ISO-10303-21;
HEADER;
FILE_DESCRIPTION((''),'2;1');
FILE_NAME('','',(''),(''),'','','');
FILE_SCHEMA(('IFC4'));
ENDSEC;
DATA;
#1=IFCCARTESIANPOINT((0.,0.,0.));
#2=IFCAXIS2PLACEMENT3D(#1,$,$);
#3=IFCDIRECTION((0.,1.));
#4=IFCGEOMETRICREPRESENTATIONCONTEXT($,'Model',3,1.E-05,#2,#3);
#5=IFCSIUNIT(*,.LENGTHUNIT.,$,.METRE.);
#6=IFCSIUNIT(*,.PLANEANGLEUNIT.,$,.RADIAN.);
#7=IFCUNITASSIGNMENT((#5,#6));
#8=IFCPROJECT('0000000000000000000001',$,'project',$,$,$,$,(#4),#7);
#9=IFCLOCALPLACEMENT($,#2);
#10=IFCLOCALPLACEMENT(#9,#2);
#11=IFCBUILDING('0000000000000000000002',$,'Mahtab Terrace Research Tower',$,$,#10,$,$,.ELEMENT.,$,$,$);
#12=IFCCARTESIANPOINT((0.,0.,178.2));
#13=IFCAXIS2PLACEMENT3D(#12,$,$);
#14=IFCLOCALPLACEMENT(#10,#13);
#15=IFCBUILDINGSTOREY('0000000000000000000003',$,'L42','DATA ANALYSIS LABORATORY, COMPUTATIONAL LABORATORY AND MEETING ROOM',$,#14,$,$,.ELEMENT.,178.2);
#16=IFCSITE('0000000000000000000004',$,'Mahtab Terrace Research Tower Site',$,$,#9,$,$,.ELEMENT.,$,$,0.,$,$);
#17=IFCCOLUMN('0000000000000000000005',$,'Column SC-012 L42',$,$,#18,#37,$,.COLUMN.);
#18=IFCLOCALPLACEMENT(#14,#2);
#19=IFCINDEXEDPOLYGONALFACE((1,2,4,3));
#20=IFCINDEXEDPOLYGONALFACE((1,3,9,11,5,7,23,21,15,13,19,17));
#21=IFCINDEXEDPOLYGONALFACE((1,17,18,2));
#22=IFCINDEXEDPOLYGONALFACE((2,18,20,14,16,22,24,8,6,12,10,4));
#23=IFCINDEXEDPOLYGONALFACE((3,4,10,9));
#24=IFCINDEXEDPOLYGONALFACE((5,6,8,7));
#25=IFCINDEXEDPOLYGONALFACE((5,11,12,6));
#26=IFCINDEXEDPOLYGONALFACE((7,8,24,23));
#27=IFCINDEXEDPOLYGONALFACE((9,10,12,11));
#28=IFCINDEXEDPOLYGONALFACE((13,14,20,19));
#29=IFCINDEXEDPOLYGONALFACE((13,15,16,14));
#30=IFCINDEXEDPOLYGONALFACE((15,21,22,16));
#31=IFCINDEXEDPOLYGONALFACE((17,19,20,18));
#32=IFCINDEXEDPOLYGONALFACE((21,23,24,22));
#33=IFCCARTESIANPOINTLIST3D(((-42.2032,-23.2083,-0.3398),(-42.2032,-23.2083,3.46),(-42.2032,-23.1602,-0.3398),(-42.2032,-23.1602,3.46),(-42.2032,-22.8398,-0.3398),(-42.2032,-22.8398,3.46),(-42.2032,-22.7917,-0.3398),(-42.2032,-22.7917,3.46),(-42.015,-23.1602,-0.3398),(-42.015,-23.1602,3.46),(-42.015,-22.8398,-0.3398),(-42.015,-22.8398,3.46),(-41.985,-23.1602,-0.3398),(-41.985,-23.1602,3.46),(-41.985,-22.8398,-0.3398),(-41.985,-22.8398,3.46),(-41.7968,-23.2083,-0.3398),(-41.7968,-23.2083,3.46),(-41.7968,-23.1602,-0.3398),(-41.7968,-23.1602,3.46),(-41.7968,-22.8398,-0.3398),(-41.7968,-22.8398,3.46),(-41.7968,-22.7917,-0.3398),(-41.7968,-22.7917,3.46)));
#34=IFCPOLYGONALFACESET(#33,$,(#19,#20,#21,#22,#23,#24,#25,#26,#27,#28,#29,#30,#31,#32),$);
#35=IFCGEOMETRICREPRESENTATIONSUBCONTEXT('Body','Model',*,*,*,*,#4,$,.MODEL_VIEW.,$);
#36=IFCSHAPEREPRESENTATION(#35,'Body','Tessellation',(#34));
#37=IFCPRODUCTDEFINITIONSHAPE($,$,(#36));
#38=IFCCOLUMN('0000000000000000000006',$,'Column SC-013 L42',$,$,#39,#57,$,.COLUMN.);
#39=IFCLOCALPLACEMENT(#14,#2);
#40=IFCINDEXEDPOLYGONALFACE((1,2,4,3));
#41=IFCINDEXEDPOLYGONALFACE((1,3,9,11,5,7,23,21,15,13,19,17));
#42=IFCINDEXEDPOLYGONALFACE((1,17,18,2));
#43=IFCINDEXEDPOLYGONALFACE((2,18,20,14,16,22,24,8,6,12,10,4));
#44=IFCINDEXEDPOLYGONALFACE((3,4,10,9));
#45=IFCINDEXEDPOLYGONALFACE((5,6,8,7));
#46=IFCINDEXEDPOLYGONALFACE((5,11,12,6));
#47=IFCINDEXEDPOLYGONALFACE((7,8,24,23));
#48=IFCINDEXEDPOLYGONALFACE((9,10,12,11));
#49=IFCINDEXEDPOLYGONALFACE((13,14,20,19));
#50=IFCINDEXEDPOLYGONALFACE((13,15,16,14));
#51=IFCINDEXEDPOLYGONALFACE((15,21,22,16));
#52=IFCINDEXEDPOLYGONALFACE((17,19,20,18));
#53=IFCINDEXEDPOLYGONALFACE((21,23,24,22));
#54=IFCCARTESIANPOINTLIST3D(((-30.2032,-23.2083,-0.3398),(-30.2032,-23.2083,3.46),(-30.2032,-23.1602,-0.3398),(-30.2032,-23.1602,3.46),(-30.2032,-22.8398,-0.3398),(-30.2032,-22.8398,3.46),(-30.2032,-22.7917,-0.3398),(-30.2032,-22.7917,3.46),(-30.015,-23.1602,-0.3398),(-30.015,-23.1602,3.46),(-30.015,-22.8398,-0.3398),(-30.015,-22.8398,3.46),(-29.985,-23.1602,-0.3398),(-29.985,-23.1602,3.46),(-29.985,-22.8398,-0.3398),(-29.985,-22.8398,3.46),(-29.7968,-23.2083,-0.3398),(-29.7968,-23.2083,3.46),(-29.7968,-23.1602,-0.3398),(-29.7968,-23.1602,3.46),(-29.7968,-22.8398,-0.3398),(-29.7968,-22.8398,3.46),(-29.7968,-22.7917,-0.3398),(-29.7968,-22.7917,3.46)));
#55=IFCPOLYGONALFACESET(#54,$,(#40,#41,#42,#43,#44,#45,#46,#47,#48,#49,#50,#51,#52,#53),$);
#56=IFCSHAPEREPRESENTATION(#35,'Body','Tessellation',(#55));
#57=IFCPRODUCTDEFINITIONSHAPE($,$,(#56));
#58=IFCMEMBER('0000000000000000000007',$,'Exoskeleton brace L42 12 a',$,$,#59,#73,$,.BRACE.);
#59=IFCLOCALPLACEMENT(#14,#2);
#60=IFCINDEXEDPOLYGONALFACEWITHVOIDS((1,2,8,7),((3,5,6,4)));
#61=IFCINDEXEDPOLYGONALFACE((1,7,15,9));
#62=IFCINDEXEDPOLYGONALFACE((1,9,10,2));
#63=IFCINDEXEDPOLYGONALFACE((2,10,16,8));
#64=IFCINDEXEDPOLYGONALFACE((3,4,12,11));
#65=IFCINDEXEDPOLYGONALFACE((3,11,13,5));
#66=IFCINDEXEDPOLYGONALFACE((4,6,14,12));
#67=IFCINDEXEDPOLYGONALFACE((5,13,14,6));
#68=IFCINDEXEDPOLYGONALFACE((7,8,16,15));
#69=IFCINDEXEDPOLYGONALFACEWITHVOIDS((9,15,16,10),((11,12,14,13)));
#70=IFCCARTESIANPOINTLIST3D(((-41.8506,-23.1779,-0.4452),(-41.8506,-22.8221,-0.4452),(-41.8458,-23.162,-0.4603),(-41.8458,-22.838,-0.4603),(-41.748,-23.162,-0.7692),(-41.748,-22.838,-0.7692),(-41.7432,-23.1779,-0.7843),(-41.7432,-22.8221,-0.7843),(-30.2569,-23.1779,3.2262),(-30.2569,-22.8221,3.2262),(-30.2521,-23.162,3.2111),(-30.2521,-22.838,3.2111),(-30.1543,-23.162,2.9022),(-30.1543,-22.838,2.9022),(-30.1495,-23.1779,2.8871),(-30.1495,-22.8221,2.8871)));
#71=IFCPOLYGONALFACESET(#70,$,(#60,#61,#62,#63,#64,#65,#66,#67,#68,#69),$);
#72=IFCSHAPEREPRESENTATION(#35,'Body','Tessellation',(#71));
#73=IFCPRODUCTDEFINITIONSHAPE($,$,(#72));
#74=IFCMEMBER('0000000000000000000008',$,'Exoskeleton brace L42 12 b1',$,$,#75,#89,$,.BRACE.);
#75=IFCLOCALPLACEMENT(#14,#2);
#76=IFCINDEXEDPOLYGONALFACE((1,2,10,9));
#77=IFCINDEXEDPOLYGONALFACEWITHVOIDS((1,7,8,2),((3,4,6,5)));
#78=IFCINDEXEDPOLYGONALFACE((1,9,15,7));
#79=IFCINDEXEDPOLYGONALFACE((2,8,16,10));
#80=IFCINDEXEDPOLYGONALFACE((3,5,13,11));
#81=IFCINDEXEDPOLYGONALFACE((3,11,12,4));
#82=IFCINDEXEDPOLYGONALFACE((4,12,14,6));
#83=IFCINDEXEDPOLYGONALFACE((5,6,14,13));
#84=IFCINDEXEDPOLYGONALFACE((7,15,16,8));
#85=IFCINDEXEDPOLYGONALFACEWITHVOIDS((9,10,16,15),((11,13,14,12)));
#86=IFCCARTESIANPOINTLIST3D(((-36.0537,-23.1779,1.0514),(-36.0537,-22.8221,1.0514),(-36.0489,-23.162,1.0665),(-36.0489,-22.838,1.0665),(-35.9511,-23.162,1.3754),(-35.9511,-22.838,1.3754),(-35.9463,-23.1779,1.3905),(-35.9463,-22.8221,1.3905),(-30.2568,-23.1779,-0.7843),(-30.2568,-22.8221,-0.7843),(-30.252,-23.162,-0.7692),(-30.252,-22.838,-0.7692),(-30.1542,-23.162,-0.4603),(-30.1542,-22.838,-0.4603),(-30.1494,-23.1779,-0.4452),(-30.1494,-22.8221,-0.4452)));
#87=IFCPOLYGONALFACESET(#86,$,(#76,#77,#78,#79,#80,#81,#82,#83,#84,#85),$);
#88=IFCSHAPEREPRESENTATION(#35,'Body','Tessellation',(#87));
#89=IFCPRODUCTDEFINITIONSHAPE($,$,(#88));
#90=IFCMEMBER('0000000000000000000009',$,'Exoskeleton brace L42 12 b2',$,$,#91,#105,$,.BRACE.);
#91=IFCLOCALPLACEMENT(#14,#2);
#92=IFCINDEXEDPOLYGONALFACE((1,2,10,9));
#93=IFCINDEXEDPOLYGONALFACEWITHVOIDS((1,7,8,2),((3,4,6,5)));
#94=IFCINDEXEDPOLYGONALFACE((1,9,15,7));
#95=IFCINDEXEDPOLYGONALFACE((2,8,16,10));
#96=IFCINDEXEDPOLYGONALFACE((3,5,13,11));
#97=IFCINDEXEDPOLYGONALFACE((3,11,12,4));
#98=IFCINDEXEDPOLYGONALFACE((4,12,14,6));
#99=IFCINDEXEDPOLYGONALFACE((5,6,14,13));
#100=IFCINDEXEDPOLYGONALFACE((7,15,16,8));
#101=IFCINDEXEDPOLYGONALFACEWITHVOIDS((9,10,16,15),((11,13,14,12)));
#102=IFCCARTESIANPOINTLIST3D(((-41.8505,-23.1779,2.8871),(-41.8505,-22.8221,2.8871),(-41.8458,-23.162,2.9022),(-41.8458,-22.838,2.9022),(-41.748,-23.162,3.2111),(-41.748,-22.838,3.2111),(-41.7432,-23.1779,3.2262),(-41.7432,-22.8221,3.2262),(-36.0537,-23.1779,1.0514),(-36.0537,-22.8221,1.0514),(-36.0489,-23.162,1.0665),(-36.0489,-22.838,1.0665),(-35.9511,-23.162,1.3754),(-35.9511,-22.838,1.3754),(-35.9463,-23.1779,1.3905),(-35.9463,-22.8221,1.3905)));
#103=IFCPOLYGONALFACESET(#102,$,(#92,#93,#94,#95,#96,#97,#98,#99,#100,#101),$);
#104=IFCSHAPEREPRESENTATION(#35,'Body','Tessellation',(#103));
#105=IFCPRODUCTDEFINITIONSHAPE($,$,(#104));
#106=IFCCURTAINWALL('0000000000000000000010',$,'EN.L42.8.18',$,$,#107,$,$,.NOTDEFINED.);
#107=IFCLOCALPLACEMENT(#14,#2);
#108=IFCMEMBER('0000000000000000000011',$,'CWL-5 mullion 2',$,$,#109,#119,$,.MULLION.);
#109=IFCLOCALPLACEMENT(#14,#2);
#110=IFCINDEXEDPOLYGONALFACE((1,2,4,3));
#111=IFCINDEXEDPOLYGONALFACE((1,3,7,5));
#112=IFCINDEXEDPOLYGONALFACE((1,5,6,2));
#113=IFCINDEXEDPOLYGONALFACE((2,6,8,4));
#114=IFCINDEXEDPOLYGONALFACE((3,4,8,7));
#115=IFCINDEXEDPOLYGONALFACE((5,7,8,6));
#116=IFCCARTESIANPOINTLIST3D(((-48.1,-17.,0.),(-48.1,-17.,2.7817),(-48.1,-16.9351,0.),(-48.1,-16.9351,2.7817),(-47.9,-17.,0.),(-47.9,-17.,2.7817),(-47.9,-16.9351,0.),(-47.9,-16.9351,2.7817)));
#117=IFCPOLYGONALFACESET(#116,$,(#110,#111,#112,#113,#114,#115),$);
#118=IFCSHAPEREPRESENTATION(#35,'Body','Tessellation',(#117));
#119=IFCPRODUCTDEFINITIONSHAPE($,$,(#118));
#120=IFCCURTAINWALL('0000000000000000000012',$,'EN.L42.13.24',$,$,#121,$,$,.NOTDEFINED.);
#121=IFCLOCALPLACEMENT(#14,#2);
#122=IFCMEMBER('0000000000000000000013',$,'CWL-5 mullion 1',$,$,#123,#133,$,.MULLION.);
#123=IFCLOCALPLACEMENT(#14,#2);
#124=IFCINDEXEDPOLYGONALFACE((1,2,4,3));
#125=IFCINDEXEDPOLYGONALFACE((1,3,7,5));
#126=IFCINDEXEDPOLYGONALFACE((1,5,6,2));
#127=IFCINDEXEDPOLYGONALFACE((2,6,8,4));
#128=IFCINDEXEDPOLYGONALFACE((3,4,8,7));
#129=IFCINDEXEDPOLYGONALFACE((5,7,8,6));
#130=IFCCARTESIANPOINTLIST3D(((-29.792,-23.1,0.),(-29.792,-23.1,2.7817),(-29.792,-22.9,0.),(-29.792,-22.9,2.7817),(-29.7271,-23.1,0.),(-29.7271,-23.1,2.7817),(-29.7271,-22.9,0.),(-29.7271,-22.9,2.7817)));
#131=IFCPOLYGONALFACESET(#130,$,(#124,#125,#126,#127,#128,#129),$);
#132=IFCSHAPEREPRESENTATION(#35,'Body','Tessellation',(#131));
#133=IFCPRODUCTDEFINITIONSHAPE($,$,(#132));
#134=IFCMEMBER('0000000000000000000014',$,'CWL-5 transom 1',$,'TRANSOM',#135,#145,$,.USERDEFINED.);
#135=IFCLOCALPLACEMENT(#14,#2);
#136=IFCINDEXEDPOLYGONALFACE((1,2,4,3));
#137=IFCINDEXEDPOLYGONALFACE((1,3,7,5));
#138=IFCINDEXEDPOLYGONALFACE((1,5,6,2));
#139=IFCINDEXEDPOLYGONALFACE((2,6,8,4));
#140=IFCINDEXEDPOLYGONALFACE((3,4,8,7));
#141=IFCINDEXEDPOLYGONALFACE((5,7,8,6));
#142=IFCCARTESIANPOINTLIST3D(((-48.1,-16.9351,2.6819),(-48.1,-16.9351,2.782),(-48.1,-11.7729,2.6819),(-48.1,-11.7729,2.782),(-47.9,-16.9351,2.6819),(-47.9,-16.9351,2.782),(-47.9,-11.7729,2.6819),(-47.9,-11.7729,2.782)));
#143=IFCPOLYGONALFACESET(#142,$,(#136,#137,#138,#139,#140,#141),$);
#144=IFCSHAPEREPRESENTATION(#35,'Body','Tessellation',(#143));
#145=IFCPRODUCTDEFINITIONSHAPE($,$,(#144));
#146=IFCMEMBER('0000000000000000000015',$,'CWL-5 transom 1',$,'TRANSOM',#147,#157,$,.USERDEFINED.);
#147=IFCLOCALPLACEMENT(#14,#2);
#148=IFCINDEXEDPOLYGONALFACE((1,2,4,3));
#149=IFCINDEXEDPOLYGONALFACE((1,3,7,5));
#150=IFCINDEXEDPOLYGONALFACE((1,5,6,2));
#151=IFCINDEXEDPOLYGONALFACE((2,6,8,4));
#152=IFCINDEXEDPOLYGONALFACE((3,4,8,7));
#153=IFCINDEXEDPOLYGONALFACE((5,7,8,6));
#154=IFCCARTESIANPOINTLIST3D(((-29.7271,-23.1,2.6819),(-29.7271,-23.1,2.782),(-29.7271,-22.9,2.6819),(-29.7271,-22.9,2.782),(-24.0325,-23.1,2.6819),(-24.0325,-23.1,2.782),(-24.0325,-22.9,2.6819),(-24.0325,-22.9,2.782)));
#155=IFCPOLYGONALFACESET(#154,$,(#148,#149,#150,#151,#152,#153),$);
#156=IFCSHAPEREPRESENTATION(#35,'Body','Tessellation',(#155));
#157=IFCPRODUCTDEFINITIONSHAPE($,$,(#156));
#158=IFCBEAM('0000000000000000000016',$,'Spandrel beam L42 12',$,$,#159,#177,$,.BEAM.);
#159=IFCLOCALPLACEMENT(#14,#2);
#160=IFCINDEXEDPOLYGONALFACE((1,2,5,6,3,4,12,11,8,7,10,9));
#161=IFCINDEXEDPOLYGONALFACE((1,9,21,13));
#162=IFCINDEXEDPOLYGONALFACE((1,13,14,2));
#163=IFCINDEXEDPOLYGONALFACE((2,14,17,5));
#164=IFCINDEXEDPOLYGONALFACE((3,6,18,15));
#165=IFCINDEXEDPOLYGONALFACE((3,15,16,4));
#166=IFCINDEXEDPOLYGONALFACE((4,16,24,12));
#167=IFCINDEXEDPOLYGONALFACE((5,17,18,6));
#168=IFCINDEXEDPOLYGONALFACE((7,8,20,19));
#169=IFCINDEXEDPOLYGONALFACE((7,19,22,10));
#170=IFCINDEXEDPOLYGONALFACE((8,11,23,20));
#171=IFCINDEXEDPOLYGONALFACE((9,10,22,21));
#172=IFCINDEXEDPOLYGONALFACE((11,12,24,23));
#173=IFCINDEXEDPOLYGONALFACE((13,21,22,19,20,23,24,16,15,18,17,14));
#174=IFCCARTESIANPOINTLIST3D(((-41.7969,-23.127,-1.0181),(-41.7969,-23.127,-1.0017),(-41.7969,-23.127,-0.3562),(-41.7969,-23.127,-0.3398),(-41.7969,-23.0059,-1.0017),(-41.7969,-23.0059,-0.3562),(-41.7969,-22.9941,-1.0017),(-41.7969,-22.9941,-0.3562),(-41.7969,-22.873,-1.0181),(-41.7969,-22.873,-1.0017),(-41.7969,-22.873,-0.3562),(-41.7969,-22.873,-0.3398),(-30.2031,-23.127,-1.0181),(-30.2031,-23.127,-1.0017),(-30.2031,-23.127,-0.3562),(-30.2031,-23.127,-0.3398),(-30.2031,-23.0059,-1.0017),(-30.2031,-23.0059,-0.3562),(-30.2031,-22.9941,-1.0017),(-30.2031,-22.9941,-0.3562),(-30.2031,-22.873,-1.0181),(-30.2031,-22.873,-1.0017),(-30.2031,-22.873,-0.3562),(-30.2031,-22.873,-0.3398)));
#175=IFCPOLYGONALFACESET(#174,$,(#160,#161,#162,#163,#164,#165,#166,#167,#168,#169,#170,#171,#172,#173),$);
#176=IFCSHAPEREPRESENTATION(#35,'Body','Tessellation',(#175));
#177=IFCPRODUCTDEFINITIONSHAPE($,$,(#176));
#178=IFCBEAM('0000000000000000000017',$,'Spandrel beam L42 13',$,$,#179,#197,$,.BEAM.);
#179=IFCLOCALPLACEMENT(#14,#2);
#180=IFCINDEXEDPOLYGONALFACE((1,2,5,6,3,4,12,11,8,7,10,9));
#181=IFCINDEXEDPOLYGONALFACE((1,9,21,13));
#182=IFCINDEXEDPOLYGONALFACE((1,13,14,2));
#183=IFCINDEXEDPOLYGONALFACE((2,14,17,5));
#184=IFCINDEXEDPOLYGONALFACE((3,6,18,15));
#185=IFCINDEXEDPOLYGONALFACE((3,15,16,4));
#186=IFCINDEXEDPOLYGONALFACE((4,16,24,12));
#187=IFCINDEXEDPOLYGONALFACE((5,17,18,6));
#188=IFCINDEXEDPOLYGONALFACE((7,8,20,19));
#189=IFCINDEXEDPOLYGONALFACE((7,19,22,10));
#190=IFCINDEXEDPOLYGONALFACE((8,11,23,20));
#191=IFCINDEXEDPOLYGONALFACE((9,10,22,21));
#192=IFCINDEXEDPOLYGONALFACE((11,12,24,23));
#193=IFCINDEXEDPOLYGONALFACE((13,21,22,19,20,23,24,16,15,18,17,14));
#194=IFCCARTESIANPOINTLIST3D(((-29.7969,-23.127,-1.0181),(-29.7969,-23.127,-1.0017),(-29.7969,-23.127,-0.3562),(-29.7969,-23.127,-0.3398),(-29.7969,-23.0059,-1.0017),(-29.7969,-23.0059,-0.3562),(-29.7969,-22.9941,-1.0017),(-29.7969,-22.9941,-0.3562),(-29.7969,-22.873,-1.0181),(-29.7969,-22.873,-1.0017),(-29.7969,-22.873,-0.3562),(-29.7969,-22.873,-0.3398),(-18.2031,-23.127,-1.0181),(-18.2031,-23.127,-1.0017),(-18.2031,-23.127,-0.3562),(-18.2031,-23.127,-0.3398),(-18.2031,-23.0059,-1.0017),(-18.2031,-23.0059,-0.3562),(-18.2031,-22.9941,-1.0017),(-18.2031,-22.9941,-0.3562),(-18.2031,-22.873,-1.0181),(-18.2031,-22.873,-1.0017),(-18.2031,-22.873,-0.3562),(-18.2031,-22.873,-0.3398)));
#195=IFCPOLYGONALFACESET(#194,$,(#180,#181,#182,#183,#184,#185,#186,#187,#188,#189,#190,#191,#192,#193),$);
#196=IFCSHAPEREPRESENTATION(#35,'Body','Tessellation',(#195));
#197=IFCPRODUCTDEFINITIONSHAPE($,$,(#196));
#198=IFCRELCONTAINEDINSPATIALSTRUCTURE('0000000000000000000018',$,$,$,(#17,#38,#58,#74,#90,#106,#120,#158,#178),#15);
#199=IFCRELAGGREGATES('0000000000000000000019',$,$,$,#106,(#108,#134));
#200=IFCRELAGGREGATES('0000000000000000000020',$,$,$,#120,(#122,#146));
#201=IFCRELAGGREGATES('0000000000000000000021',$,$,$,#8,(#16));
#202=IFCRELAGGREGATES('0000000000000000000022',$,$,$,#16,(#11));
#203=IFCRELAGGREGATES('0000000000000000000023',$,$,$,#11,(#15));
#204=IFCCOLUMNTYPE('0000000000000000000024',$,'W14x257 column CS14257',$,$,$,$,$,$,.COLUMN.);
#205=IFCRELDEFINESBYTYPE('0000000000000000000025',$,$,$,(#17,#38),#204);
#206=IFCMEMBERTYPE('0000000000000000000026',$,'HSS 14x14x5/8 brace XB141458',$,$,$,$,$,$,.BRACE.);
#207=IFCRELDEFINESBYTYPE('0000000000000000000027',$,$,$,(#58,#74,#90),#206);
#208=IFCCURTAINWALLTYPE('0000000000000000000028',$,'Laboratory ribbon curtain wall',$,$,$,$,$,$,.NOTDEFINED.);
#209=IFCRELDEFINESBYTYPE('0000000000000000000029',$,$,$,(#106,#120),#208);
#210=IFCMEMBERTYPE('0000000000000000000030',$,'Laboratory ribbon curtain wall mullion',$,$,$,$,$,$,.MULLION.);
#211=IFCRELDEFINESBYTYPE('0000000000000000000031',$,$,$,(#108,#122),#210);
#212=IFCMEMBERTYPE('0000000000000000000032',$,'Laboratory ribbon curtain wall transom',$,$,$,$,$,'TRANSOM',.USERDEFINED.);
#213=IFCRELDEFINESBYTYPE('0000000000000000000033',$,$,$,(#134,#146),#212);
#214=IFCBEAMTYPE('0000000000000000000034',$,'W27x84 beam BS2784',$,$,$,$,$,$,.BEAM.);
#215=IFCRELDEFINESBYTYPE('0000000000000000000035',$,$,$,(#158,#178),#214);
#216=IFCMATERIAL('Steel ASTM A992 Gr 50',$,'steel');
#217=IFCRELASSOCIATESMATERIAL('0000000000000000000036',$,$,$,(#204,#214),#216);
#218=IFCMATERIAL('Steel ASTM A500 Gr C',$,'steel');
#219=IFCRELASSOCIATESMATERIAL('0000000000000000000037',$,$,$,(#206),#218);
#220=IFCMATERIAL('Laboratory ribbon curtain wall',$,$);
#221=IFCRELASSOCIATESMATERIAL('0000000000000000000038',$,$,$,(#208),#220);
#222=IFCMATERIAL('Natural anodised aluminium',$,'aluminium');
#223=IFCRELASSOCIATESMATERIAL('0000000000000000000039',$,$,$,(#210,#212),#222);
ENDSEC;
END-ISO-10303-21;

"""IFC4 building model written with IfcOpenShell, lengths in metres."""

from ifc_helpers import new_model, si_unit, direction, frame, origin, origin_2d, place, context, subcontext, project, spatial, rectangle, hollow_rectangle, i_section, extrude, material, material_profile, profile_set, type_object, element, aggregate, save


model = new_model("IFC4")

# Units and contexts
model_context = context("Model", 3, precision=1e-05, world=origin(), true_north=direction((0.0, 1.0)))
body_context = subcontext(model_context, "Body", "Model", "MODEL_VIEW")
ifc_project = project(units=[si_unit("LENGTHUNIT", "METRE"), si_unit("PLANEANGLEUNIT", "RADIAN")], contexts=[model_context])

# Site, building, storey
site_placement = place(None, origin())
site = spatial("IfcSite", under=ifc_project, at=site_placement, Name="Mahtab Terrace Research Tower Site", CompositionType="ELEMENT", RefElevation=0.0)
building_placement = place(site_placement, origin())
building = spatial("IfcBuilding", under=site, at=building_placement, Name="Mahtab Terrace Research Tower", CompositionType="ELEMENT")
storey_placement = place(building_placement, frame((0.0, 0.0, 178.2)))
storey = spatial("IfcBuildingStorey", under=building, at=storey_placement, Name="L42", Description="DATA ANALYSIS LABORATORY, COMPUTATIONAL LABORATORY AND MEETING ROOM", CompositionType="ELEMENT", Elevation=178.2)

# Columns
ifc_material_1 = material(Name="Steel ASTM A992 Gr 50", Category="steel")
ifc_material_profile_1 = material_profile(ifc_material_1, i_section(OverallWidth=0.4065, OverallDepth=0.4165, WebThickness=0.03, FlangeThickness=0.0481, at=origin_2d()), Name="W14X257")
ifc_profile_set_1 = profile_set([ifc_material_profile_1], Name="Steel ASTM A992 Gr 50")
column_type = type_object("IfcColumnType", Name="W14x257 column CS14257", PredefinedType="COLUMN", material=ifc_profile_set_1)
for number, where, z_axis, x_axis, name in (
    (1, (-42.0, -23.0, -0.3398), (0.0, 0.0, 1.0), (1.0, 0.0, 0.0), "Column SC-012 L42"),
    (2, (-30.0, -23.0, -0.3398), (0.0, 0.0, 1.0), (1.0, 0.0, 0.0), "Column SC-013 L42"),
):
    element("IfcColumn", number, at=place(storey_placement, frame(where, z_axis=z_axis, x_axis=x_axis)), inside=storey, type_object=column_type, Name=name, PredefinedType="COLUMN", context=body_context, shape_type="SweptSolid", body=[
        extrude(i_section(OverallWidth=0.4065, OverallDepth=0.4165, WebThickness=0.03, FlangeThickness=0.0481, at=origin_2d()), origin(), (0.0, 0.0, 1.0), 3.7998),
    ])

# Members
ifc_material_2 = material(Name="Steel ASTM A500 Gr C", Category="steel")
ifc_material_profile_2 = material_profile(ifc_material_2, hollow_rectangle(XDim=0.3557, YDim=0.3557, WallThickness=0.0159, at=origin_2d()), Name="HSS14X14X5/8")
ifc_profile_set_2 = profile_set([ifc_material_profile_2], Name="Steel ASTM A500 Gr C")
member_type_1 = type_object("IfcMemberType", Name="HSS 14x14x5/8 brace XB141458", PredefinedType="BRACE", material=ifc_profile_set_2)
member_1_placement = place(storey_placement, frame((-41.7969, -23.0, -0.6147), z_axis=(0.953341, 0.0, 0.301894), x_axis=(0.0, 1.0, 0.0)))
element("IfcMember", 3, at=member_1_placement, inside=storey, type_object=member_type_1, Name="Exoskeleton brace L42 12 a", PredefinedType="BRACE", context=body_context, shape_type="SweptSolid", body=[
    extrude(hollow_rectangle(XDim=0.3557, YDim=0.3557, WallThickness=0.0159, at=origin_2d()), origin(), (0.0, 0.0, 1.0), 12.1611),
])
for number, where, z_axis, x_axis, name in (
    (4, (-30.2031, -23.0, -0.6147), (-0.953341, 0.0, 0.301894), (0.0, -1.0, 0.0), "Exoskeleton brace L42 12 b1"),
    (5, (-36.0, -23.0, 1.2209), (-0.953341, 0.0, 0.301894), (0.0, -1.0, 0.0), "Exoskeleton brace L42 12 b2"),
):
    element("IfcMember", number, at=place(storey_placement, frame(where, z_axis=z_axis, x_axis=x_axis)), inside=storey, type_object=member_type_1, Name=name, PredefinedType="BRACE", context=body_context, shape_type="SweptSolid", body=[
        extrude(hollow_rectangle(XDim=0.3557, YDim=0.3557, WallThickness=0.0159, at=origin_2d()), origin(), (0.0, 0.0, 1.0), 6.0806),
    ])

# Curtain walls, members
ifc_material_3 = material(Name="Laboratory ribbon curtain wall")
curtain_wall_type = type_object("IfcCurtainWallType", Name="Laboratory ribbon curtain wall", PredefinedType="NOTDEFINED", material=ifc_material_3)
curtain_wall_1_placement = place(storey_placement, origin())
curtain_wall_1 = element("IfcCurtainWall", 6, at=curtain_wall_1_placement, inside=storey, type_object=curtain_wall_type, Name="EN.L42.8.18", PredefinedType="NOTDEFINED")
ifc_material_4 = material(Name="Natural anodised aluminium", Category="aluminium")
ifc_material_profile_3 = material_profile(ifc_material_4, rectangle(XDim=0.2, YDim=0.0649, at=origin_2d()), Name="MULLION 65x200")
ifc_profile_set_3 = profile_set([ifc_material_profile_3], Name="Natural anodised aluminium")
member_type_2 = type_object("IfcMemberType", Name="Laboratory ribbon curtain wall mullion", PredefinedType="MULLION", material=ifc_profile_set_3)
member_2_placement = place(storey_placement, frame((-48.0, -16.9675, 0.0), z_axis=(0.0, 0.0, 1.0), x_axis=(1.0, 0.0, 0.0)))
member_2 = element("IfcMember", 7, at=member_2_placement, type_object=member_type_2, Name="CWL-5 mullion 2", PredefinedType="MULLION", context=body_context, shape_type="SweptSolid", body=[
    extrude(rectangle(XDim=0.2, YDim=0.0649, at=origin_2d()), origin(), (0.0, 0.0, 1.0), 2.7817),
])
curtain_wall_2_placement = place(storey_placement, origin())
curtain_wall_2 = element("IfcCurtainWall", 8, at=curtain_wall_2_placement, inside=storey, type_object=curtain_wall_type, Name="EN.L42.13.24", PredefinedType="NOTDEFINED")
member_3_placement = place(storey_placement, frame((-29.7595, -23.0, 0.0), z_axis=(0.0, 0.0, 1.0), x_axis=(0.0, 1.0, 0.0)))
member_3 = element("IfcMember", 9, at=member_3_placement, type_object=member_type_2, Name="CWL-5 mullion 1", PredefinedType="MULLION", context=body_context, shape_type="SweptSolid", body=[
    extrude(rectangle(XDim=0.2, YDim=0.0649, at=origin_2d()), origin(), (0.0, 0.0, 1.0), 2.7817),
])

# Members
ifc_material_profile_4 = material_profile(ifc_material_4, rectangle(XDim=0.2, YDim=0.1001, at=origin_2d()), Name="TRANSOM 100x200")
ifc_profile_set_4 = profile_set([ifc_material_profile_4], Name="Natural anodised aluminium")
member_type_3 = type_object("IfcMemberType", Name="Laboratory ribbon curtain wall transom", ElementType="TRANSOM", PredefinedType="USERDEFINED", material=ifc_profile_set_4)
member_4_placement = place(storey_placement, frame((-48.0, -11.7729, 2.7319), z_axis=(0.0, -1.0, 0.0), x_axis=(1.0, 0.0, 0.0)))
member_4 = element("IfcMember", 10, at=member_4_placement, type_object=member_type_3, Name="CWL-5 transom 1", ObjectType="TRANSOM", PredefinedType="USERDEFINED", context=body_context, shape_type="SweptSolid", body=[
    extrude(rectangle(XDim=0.2, YDim=0.1001, at=origin_2d()), origin(), (0.0, 0.0, 1.0), 5.1621),
])
member_5_placement = place(storey_placement, frame((-29.7271, -23.0, 2.7319), z_axis=(1.0, 0.0, 0.0), x_axis=(0.0, 1.0, 0.0)))
member_5 = element("IfcMember", 11, at=member_5_placement, type_object=member_type_3, Name="CWL-5 transom 1", ObjectType="TRANSOM", PredefinedType="USERDEFINED", context=body_context, shape_type="SweptSolid", body=[
    extrude(rectangle(XDim=0.2, YDim=0.1001, at=origin_2d()), origin(), (0.0, 0.0, 1.0), 5.6946),
])

# Beams
ifc_material_profile_5 = material_profile(ifc_material_1, i_section(OverallWidth=0.2539, OverallDepth=0.6782, WebThickness=0.0117, FlangeThickness=0.0164, at=origin_2d()), Name="W27X84")
ifc_profile_set_5 = profile_set([ifc_material_profile_5], Name="Steel ASTM A992 Gr 50")
beam_type = type_object("IfcBeamType", Name="W27x84 beam BS2784", PredefinedType="BEAM", material=ifc_profile_set_5)
for number, where, z_axis, x_axis, name in (
    (12, (-41.7969, -23.0, -0.679), (1.0, 0.0, 0.0), (0.0, 1.0, 0.0), "Spandrel beam L42 12"),
    (13, (-29.7969, -23.0, -0.679), (1.0, 0.0, 0.0), (0.0, 1.0, 0.0), "Spandrel beam L42 13"),
):
    element("IfcBeam", number, at=place(storey_placement, frame(where, z_axis=z_axis, x_axis=x_axis)), inside=storey, type_object=beam_type, Name=name, PredefinedType="BEAM", context=body_context, shape_type="SweptSolid", body=[
        extrude(i_section(OverallWidth=0.2539, OverallDepth=0.6782, WebThickness=0.0117, FlangeThickness=0.0164, at=origin_2d()), origin(), (0.0, 0.0, 1.0), 11.5938),
    ])

aggregate(curtain_wall_1, [member_2, member_4])
aggregate(curtain_wall_2, [member_3, member_5])

save(model, "model.ifc")
